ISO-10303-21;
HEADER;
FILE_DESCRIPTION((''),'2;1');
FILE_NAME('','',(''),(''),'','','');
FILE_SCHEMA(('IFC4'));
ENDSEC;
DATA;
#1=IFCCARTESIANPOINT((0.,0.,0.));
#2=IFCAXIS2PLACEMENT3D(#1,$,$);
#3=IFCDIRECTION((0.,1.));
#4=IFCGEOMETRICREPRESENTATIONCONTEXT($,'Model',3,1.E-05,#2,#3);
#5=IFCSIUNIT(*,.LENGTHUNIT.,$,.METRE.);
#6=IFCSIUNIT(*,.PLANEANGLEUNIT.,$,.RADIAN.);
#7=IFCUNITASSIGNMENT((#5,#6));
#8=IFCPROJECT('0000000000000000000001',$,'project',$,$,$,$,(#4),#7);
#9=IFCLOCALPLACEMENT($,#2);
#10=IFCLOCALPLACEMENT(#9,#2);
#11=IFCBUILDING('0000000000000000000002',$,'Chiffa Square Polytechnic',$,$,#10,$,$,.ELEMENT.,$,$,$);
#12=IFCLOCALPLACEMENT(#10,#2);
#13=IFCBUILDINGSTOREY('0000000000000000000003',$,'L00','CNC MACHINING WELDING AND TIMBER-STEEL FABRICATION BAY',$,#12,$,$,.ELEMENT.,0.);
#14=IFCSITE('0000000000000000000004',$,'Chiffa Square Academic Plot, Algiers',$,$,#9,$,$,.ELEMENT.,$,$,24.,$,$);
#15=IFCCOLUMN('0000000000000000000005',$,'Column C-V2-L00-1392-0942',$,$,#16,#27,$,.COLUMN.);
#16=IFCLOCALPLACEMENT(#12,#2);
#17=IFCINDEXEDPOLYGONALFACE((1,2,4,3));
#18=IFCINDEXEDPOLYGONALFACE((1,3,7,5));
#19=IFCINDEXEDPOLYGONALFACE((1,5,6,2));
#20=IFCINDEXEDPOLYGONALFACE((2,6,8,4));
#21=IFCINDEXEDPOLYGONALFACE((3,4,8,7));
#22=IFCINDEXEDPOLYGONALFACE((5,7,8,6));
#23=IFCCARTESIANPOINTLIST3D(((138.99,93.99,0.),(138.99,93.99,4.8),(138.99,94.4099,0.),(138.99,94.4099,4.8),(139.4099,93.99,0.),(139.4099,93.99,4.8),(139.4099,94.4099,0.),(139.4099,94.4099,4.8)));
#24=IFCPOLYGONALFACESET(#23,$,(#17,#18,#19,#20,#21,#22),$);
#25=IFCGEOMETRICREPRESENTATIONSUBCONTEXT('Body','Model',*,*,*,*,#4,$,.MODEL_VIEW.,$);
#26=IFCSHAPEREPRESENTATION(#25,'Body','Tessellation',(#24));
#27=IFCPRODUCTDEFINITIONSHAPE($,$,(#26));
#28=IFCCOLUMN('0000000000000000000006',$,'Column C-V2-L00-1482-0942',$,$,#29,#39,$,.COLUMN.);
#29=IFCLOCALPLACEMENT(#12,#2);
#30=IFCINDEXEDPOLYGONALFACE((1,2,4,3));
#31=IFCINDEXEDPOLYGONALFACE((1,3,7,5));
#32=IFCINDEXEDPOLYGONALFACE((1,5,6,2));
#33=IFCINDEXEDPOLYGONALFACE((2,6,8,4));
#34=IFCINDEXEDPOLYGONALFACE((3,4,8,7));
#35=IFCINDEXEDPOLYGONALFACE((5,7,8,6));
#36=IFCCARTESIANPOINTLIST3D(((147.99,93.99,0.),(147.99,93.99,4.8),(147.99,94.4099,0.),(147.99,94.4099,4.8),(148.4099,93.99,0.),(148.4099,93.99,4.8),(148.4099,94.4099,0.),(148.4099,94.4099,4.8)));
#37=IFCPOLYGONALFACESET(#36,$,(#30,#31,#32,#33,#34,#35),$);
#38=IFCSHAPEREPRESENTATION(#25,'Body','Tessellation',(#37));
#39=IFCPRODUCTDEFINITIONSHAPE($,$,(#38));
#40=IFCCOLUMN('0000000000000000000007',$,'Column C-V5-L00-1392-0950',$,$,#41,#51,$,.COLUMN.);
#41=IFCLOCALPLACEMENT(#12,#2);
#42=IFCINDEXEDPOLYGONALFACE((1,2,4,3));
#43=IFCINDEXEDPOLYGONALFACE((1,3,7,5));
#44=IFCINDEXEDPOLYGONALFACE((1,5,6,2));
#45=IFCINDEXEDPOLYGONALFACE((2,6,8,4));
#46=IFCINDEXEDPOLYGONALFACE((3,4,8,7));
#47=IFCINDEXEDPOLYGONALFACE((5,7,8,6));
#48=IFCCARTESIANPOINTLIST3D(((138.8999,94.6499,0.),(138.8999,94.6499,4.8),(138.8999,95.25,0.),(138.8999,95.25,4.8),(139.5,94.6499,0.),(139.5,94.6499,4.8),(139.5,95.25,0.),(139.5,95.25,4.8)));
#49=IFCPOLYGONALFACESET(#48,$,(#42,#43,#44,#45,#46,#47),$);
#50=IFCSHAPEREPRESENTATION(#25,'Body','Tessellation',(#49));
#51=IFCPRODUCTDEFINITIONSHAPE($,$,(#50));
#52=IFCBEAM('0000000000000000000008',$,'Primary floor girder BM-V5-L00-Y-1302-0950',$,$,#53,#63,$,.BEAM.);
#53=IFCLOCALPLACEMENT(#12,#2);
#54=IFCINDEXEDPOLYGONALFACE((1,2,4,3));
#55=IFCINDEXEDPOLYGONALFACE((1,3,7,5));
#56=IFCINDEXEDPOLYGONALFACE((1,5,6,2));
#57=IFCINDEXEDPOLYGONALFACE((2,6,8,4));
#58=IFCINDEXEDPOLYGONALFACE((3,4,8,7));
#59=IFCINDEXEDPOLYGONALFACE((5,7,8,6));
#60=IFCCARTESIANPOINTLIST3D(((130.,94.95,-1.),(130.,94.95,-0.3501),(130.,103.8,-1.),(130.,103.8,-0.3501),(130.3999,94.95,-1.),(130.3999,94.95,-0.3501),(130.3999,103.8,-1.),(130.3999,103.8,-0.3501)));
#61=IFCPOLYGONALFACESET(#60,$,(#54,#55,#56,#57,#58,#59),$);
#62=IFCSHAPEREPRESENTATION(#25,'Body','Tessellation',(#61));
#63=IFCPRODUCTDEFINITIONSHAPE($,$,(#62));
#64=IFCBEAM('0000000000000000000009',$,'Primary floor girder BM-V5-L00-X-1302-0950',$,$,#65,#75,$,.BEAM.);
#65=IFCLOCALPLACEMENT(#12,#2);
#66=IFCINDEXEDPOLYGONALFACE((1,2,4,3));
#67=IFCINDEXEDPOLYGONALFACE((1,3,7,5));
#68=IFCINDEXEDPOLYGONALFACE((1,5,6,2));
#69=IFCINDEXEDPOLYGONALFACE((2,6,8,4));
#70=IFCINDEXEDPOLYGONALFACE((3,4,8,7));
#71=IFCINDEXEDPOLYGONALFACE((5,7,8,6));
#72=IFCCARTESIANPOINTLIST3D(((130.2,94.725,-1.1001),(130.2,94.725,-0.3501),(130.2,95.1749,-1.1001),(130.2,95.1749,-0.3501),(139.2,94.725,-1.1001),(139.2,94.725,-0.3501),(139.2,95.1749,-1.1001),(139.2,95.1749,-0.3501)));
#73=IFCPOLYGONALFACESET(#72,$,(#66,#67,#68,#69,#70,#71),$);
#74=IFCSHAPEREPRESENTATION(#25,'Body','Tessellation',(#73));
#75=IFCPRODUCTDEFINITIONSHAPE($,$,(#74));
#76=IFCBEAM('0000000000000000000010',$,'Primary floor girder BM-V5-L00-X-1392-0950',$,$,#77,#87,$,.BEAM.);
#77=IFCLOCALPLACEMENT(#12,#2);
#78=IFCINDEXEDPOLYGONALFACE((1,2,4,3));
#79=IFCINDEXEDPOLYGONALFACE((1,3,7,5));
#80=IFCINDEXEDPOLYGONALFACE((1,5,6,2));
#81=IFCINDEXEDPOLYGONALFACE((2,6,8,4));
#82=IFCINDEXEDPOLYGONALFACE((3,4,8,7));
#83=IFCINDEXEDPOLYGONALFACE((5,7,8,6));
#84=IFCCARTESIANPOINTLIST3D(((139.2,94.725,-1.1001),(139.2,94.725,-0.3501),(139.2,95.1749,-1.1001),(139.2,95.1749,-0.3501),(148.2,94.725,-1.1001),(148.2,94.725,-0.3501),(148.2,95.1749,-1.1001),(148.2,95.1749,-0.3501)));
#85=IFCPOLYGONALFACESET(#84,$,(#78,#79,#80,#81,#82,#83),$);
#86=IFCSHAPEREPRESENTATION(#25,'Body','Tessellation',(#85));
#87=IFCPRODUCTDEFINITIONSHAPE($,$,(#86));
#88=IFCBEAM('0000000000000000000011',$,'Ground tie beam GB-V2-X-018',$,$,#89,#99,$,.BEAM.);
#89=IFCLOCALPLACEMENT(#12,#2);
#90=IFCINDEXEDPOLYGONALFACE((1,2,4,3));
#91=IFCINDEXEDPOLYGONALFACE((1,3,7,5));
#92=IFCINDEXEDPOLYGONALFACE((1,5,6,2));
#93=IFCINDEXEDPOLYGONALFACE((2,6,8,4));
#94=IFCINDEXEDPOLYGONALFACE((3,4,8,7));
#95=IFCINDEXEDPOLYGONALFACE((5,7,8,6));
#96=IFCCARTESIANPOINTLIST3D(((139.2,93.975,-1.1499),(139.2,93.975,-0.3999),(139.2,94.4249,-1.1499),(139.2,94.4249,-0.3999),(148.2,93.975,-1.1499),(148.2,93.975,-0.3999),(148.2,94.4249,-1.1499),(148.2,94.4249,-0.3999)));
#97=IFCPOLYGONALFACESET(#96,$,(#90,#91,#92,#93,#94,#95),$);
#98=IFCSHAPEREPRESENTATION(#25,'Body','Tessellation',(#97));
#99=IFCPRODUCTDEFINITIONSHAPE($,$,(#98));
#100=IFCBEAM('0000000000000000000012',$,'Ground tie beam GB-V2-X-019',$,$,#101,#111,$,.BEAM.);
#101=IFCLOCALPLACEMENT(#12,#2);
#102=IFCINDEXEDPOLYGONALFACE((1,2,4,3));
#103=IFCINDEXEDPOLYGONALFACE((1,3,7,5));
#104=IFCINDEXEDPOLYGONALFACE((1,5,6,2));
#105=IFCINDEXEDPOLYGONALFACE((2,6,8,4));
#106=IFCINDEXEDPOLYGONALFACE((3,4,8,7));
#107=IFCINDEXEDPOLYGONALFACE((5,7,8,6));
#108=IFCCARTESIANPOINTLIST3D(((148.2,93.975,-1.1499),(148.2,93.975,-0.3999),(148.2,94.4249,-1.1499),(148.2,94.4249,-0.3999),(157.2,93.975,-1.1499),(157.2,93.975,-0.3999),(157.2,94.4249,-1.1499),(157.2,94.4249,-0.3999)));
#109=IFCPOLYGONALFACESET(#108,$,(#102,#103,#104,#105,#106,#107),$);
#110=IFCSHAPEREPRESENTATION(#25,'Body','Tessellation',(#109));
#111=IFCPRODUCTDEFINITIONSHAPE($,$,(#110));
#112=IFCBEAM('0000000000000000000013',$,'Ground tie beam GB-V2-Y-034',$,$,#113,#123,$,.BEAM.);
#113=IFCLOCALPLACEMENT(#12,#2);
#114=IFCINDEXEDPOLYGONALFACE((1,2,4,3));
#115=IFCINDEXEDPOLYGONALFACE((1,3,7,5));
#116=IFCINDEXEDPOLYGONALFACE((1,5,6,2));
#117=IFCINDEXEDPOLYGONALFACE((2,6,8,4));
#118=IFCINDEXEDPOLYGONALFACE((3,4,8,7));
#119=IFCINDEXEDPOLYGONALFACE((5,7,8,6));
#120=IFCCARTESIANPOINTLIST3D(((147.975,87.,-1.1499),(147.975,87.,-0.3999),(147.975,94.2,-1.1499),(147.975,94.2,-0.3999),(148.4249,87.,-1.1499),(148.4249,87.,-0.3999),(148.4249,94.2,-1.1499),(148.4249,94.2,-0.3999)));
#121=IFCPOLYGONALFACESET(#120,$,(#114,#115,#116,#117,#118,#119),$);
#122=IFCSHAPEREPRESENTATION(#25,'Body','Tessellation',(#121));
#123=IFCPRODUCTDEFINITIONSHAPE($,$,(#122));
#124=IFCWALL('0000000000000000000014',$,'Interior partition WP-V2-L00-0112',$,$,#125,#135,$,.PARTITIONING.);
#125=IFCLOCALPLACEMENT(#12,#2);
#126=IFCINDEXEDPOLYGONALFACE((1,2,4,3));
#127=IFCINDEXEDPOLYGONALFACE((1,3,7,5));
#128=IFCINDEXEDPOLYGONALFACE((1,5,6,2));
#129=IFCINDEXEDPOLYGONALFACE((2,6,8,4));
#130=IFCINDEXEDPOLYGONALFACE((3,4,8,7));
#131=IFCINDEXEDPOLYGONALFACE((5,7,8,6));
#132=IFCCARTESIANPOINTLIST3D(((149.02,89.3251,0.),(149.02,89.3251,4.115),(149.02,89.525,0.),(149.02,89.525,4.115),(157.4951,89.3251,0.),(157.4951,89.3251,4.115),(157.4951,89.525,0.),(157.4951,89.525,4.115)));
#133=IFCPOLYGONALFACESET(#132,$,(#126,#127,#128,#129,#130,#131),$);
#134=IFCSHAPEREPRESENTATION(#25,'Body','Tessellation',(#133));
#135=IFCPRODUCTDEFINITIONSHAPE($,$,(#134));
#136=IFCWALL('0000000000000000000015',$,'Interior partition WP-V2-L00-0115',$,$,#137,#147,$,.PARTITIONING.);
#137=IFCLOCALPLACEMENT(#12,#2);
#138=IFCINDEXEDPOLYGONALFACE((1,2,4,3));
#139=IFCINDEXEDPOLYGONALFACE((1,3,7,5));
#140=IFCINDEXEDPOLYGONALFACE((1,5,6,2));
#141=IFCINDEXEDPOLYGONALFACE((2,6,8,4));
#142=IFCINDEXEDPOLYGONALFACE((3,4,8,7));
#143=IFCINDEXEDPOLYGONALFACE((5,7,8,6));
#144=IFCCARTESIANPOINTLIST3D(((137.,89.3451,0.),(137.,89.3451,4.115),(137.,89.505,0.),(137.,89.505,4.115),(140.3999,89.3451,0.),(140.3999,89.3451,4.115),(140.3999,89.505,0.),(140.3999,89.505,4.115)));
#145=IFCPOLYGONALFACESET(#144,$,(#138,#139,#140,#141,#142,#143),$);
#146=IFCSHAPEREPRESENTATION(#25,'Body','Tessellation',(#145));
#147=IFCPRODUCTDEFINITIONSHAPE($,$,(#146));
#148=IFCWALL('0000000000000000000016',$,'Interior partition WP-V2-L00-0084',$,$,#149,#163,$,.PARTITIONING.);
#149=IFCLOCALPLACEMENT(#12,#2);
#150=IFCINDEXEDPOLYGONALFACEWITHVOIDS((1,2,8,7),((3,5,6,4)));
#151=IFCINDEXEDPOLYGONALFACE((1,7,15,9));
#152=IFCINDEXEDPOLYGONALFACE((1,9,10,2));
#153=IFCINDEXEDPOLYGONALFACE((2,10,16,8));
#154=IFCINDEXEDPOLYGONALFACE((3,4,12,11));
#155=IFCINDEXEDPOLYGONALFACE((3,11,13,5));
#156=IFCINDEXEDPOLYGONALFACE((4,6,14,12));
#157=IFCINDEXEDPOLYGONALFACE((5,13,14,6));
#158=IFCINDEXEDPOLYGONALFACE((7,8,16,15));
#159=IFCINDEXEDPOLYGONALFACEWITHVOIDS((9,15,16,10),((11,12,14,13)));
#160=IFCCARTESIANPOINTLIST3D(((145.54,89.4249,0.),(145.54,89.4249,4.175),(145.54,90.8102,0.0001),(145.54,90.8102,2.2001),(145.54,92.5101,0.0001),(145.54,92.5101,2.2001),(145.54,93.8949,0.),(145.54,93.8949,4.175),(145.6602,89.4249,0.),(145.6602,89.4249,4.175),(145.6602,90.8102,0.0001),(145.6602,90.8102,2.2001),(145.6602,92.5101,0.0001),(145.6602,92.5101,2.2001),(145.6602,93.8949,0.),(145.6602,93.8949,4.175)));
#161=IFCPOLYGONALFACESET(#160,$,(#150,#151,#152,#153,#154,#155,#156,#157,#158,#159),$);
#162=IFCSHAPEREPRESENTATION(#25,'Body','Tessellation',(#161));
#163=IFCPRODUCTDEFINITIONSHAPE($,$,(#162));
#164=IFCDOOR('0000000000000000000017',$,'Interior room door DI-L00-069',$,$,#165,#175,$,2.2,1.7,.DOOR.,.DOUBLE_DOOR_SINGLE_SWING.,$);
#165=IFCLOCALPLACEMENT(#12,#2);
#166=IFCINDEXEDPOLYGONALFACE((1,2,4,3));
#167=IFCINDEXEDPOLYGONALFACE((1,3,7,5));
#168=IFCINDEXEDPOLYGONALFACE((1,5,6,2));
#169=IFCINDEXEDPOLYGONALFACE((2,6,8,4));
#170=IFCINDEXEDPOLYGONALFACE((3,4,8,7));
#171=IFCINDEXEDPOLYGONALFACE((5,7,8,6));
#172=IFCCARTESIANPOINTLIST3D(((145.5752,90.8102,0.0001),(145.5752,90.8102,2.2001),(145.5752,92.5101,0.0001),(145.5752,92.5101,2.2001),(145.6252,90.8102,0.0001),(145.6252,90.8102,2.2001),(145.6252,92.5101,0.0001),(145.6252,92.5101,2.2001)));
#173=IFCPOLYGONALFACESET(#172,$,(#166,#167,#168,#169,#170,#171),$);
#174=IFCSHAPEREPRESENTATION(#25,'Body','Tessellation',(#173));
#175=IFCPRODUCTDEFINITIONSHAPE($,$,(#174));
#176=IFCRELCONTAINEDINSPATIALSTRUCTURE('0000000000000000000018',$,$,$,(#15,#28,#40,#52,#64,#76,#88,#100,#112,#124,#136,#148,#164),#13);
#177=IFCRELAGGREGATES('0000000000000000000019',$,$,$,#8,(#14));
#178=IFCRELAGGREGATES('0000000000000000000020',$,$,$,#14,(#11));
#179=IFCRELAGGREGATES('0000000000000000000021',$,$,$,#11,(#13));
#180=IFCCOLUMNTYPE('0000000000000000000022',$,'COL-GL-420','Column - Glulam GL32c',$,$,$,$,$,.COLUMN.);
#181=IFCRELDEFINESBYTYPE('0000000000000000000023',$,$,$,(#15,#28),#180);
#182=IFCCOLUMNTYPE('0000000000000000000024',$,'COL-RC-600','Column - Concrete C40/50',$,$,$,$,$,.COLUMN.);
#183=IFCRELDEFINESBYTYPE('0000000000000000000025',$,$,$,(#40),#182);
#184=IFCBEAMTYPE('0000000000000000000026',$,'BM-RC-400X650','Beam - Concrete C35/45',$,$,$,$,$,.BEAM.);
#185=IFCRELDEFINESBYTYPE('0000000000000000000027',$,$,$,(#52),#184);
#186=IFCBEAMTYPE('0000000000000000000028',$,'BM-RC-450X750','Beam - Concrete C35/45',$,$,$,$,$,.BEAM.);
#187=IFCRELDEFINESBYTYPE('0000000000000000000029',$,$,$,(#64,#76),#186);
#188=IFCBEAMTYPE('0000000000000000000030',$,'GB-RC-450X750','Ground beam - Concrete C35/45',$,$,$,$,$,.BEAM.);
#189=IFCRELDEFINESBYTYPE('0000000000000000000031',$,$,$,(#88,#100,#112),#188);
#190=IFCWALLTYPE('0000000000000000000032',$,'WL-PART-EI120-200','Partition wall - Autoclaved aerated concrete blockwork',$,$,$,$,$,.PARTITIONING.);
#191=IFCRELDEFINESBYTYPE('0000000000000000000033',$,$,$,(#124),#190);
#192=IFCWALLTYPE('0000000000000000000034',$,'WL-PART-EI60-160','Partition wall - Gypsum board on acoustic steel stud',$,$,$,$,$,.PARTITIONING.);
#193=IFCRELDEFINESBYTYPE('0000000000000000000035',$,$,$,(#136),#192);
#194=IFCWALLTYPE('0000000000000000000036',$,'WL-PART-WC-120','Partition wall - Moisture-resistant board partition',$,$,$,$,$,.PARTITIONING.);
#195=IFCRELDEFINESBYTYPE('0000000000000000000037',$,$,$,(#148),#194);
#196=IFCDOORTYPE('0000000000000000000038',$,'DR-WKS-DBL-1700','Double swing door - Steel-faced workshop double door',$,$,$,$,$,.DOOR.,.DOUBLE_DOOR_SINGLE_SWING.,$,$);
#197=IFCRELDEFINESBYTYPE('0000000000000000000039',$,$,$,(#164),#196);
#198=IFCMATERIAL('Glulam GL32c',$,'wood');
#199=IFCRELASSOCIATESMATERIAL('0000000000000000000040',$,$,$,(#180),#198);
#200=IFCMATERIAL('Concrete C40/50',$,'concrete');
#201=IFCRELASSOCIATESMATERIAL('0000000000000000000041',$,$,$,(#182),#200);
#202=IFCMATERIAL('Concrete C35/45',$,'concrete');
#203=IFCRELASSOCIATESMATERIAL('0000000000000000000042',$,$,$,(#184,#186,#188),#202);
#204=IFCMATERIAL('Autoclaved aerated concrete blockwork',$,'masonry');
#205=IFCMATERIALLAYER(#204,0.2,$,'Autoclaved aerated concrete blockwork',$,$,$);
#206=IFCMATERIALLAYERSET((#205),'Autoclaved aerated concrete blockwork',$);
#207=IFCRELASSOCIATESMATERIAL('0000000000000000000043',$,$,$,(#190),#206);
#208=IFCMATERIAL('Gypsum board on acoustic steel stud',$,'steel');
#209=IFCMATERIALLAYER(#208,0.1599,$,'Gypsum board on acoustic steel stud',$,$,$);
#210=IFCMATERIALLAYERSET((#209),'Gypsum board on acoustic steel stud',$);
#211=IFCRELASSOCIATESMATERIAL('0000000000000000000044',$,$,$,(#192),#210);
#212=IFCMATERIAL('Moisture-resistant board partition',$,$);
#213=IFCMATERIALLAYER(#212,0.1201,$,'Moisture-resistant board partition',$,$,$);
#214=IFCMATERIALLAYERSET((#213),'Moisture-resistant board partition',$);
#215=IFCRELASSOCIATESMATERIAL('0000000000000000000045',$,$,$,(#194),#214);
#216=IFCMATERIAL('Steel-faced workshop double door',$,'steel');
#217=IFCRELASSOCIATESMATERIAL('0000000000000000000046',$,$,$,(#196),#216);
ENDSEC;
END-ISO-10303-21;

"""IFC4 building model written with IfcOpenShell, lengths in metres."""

from ifc_helpers import new_model, si_unit, direction, frame, frame_2d, origin, origin_2d, place, context, subcontext, project, spatial, rectangle, extrude, material, layer, layer_set, material_profile, profile_set, type_object, element, fill, save


model = new_model("IFC4")

# Units and contexts
model_context = context("Model", 3, precision=1e-05, world=origin(), true_north=direction((0.0, 1.0)))
body_context = subcontext(model_context, "Body", "Model", "MODEL_VIEW")
ifc_project = project(units=[si_unit("LENGTHUNIT", "METRE"), si_unit("PLANEANGLEUNIT", "RADIAN")], contexts=[model_context])

# Site, building, storey
site_placement = place(None, origin())
site = spatial("IfcSite", under=ifc_project, at=site_placement, Name="Chiffa Square Academic Plot, Algiers", CompositionType="ELEMENT", RefElevation=24.0)
building_placement = place(site_placement, origin())
building = spatial("IfcBuilding", under=site, at=building_placement, Name="Chiffa Square Polytechnic", CompositionType="ELEMENT")
storey_placement = place(building_placement, origin())
storey = spatial("IfcBuildingStorey", under=building, at=storey_placement, Name="L00", Description="CNC MACHINING WELDING AND TIMBER-STEEL FABRICATION BAY", CompositionType="ELEMENT", Elevation=0.0)

# Columns
ifc_material_1 = material(Name="Glulam GL32c", Category="wood")
ifc_material_profile_1 = material_profile(ifc_material_1, rectangle(XDim=0.4199, YDim=0.4199, at=origin_2d()), Name="GL32c 420x420")
ifc_profile_set_1 = profile_set([ifc_material_profile_1], Name="Glulam GL32c")
column_type_1 = type_object("IfcColumnType", Name="COL-GL-420", Description="Column - Glulam GL32c", PredefinedType="COLUMN", material=ifc_profile_set_1)
for number, where, z_axis, x_axis, name in (
    (1, (139.2, 94.2, 0.0), (0.0, 0.0, 1.0), (1.0, 0.0, 0.0), "Column C-V2-L00-1392-0942"),
    (2, (148.2, 94.2, 0.0), (0.0, 0.0, 1.0), (1.0, 0.0, 0.0), "Column C-V2-L00-1482-0942"),
):
    element("IfcColumn", number, at=place(storey_placement, frame(where, z_axis=z_axis, x_axis=x_axis)), inside=storey, type_object=column_type_1, Name=name, PredefinedType="COLUMN", context=body_context, shape_type="SweptSolid", body=[
        extrude(rectangle(XDim=0.4199, YDim=0.4199, at=origin_2d()), origin(), (0.0, 0.0, 1.0), 4.8),
    ])
ifc_material_2 = material(Name="Concrete C40/50", Category="concrete")
ifc_material_profile_2 = material_profile(ifc_material_2, rectangle(XDim=0.6001, YDim=0.6001, at=origin_2d()), Name="RC 600x600")
ifc_profile_set_2 = profile_set([ifc_material_profile_2], Name="Concrete C40/50")
column_type_2 = type_object("IfcColumnType", Name="COL-RC-600", Description="Column - Concrete C40/50", PredefinedType="COLUMN", material=ifc_profile_set_2)
column_placement = place(storey_placement, frame((139.2, 94.95, 0.0), z_axis=(0.0, 0.0, 1.0), x_axis=(1.0, 0.0, 0.0)))
element("IfcColumn", 3, at=column_placement, inside=storey, type_object=column_type_2, Name="Column C-V5-L00-1392-0950", PredefinedType="COLUMN", context=body_context, shape_type="SweptSolid", body=[
    extrude(rectangle(XDim=0.6001, YDim=0.6001, at=origin_2d()), origin(), (0.0, 0.0, 1.0), 4.8),
])

# Beams
ifc_material_3 = material(Name="Concrete C35/45", Category="concrete")
ifc_material_profile_3 = material_profile(ifc_material_3, rectangle(XDim=0.3999, YDim=0.6499, at=origin_2d()), Name="RC 400x650")
ifc_profile_set_3 = profile_set([ifc_material_profile_3], Name="Concrete C35/45")
beam_type_1 = type_object("IfcBeamType", Name="BM-RC-400X650", Description="Beam - Concrete C35/45", PredefinedType="BEAM", material=ifc_profile_set_3)
beam_1_placement = place(storey_placement, frame((130.2, 94.95, -0.675), z_axis=(0.0, 1.0, 0.0), x_axis=(-1.0, 0.0, 0.0)))
element("IfcBeam", 4, at=beam_1_placement, inside=storey, type_object=beam_type_1, Name="Primary floor girder BM-V5-L00-Y-1302-0950", PredefinedType="BEAM", context=body_context, shape_type="SweptSolid", body=[
    extrude(rectangle(XDim=0.3999, YDim=0.6499, at=origin_2d()), origin(), (0.0, 0.0, 1.0), 8.8501),
])
ifc_material_profile_4 = material_profile(ifc_material_3, rectangle(XDim=0.45, YDim=0.75, at=origin_2d()), Name="RC 450x750")
ifc_profile_set_4 = profile_set([ifc_material_profile_4], Name="Concrete C35/45")
beam_type_2 = type_object("IfcBeamType", Name="BM-RC-450X750", Description="Beam - Concrete C35/45", PredefinedType="BEAM", material=ifc_profile_set_4)
for number, where, z_axis, x_axis, name in (
    (5, (130.2, 94.95, -0.7251), (1.0, 0.0, 0.0), (0.0, 1.0, 0.0), "Primary floor girder BM-V5-L00-X-1302-0950"),
    (6, (139.2, 94.95, -0.7251), (1.0, 0.0, 0.0), (0.0, 1.0, 0.0), "Primary floor girder BM-V5-L00-X-1392-0950"),
):
    element("IfcBeam", number, at=place(storey_placement, frame(where, z_axis=z_axis, x_axis=x_axis)), inside=storey, type_object=beam_type_2, Name=name, PredefinedType="BEAM", context=body_context, shape_type="SweptSolid", body=[
        extrude(rectangle(XDim=0.45, YDim=0.75, at=origin_2d()), origin(), (0.0, 0.0, 1.0), 9.0),
    ])
ifc_material_profile_5 = material_profile(ifc_material_3, rectangle(XDim=0.45, YDim=0.75, at=origin_2d()), Name="RC 450x750")
ifc_profile_set_5 = profile_set([ifc_material_profile_5], Name="Concrete C35/45")
beam_type_3 = type_object("IfcBeamType", Name="GB-RC-450X750", Description="Ground beam - Concrete C35/45", PredefinedType="BEAM", material=ifc_profile_set_5)
for number, where, z_axis, x_axis, name in (
    (7, (139.2, 94.2, -0.7749), (1.0, 0.0, 0.0), (0.0, 1.0, 0.0), "Ground tie beam GB-V2-X-018"),
    (8, (148.2, 94.2, -0.7749), (1.0, 0.0, 0.0), (0.0, 1.0, 0.0), "Ground tie beam GB-V2-X-019"),
):
    element("IfcBeam", number, at=place(storey_placement, frame(where, z_axis=z_axis, x_axis=x_axis)), inside=storey, type_object=beam_type_3, Name=name, PredefinedType="BEAM", context=body_context, shape_type="SweptSolid", body=[
        extrude(rectangle(XDim=0.45, YDim=0.75, at=origin_2d()), origin(), (0.0, 0.0, 1.0), 9.0),
    ])
beam_2_placement = place(storey_placement, frame((148.2, 87.0, -0.7749), z_axis=(0.0, 1.0, 0.0), x_axis=(-1.0, 0.0, 0.0)))
element("IfcBeam", 9, at=beam_2_placement, inside=storey, type_object=beam_type_3, Name="Ground tie beam GB-V2-Y-034", PredefinedType="BEAM", context=body_context, shape_type="SweptSolid", body=[
    extrude(rectangle(XDim=0.45, YDim=0.75, at=origin_2d()), origin(), (0.0, 0.0, 1.0), 7.2),
])

# Walls
ifc_material_4 = material(Name="Autoclaved aerated concrete blockwork", Category="masonry")
ifc_layer_1 = layer(ifc_material_4, 0.2, Name="Autoclaved aerated concrete blockwork")
ifc_layer_set_1 = layer_set([ifc_layer_1], Name="Autoclaved aerated concrete blockwork")
wall_type_1 = type_object("IfcWallType", Name="WL-PART-EI120-200", Description="Partition wall - Autoclaved aerated concrete blockwork", PredefinedType="PARTITIONING", material=ifc_layer_set_1)
wall_1_placement = place(storey_placement, frame((149.02, 89.425, 0.0), z_axis=(0.0, 0.0, 1.0), x_axis=(1.0, 0.0, 0.0)))
element("IfcWall", 10, at=wall_1_placement, inside=storey, type_object=wall_type_1, Name="Interior partition WP-V2-L00-0112", PredefinedType="PARTITIONING", context=body_context, shape_type="SweptSolid", body=[
    extrude(rectangle(XDim=8.4751, YDim=0.2, at=frame_2d((4.2375, 0.0))), origin(), (0.0, 0.0, 1.0), 4.115),
])
ifc_material_5 = material(Name="Gypsum board on acoustic steel stud", Category="steel")
ifc_layer_2 = layer(ifc_material_5, 0.1599, Name="Gypsum board on acoustic steel stud")
ifc_layer_set_2 = layer_set([ifc_layer_2], Name="Gypsum board on acoustic steel stud")
wall_type_2 = type_object("IfcWallType", Name="WL-PART-EI60-160", Description="Partition wall - Gypsum board on acoustic steel stud", PredefinedType="PARTITIONING", material=ifc_layer_set_2)
wall_2_placement = place(storey_placement, frame((137.0, 89.425, 0.0), z_axis=(0.0, 0.0, 1.0), x_axis=(1.0, 0.0, 0.0)))
element("IfcWall", 11, at=wall_2_placement, inside=storey, type_object=wall_type_2, Name="Interior partition WP-V2-L00-0115", PredefinedType="PARTITIONING", context=body_context, shape_type="SweptSolid", body=[
    extrude(rectangle(XDim=3.3999, YDim=0.1599, at=frame_2d((1.7, 0.0))), origin(), (0.0, 0.0, 1.0), 4.115),
])

# Wall, opening, door
ifc_material_6 = material(Name="Moisture-resistant board partition")
ifc_layer_3 = layer(ifc_material_6, 0.1201, Name="Moisture-resistant board partition")
ifc_layer_set_3 = layer_set([ifc_layer_3], Name="Moisture-resistant board partition")
wall_type_3 = type_object("IfcWallType", Name="WL-PART-WC-120", Description="Partition wall - Moisture-resistant board partition", PredefinedType="PARTITIONING", material=ifc_layer_set_3)
wall_3_placement = place(storey_placement, frame((145.6001, 89.425, 0.0), z_axis=(0.0, 0.0, 1.0), x_axis=(0.0, 1.0, 0.0)))
wall_3 = element("IfcWall", 12, at=wall_3_placement, inside=storey, type_object=wall_type_3, Name="Interior partition WP-V2-L00-0084", PredefinedType="PARTITIONING", context=body_context, shape_type="SweptSolid", body=[
    extrude(rectangle(XDim=4.47, YDim=0.1201, at=frame_2d((2.2349, 0.0))), origin(), (0.0, 0.0, 1.0), 4.175),
])
opening_1_placement = place(wall_3_placement, frame((1.385, 0.0, 0.0)))
opening_1 = element("IfcOpeningElement", 13, at=opening_1_placement, cuts=wall_3, PredefinedType="OPENING", context=body_context, shape_type="SweptSolid", body=[
    extrude(rectangle(XDim=1.7, YDim=2.2, at=frame_2d((0.8501, 1.1001))), frame((0.0, 0.0701, 0.0), z_axis=(0.0, -1.0, 0.0), x_axis=(1.0, 0.0, 0.0)), (0.0, 0.0, 1.0), 0.1401),
])
ifc_material_7 = material(Name="Steel-faced workshop double door", Category="steel")
door_type_1 = type_object("IfcDoorType", Name="DR-WKS-DBL-1700", Description="Double swing door - Steel-faced workshop double door", OperationType="DOUBLE_DOOR_SINGLE_SWING", PredefinedType="DOOR", material=ifc_material_7)
door_1_placement = place(opening_1_placement, origin())
door_1 = element("IfcDoor", 14, at=door_1_placement, inside=storey, type_object=door_type_1, Name="Interior room door DI-L00-069", OperationType="DOUBLE_DOOR_SINGLE_SWING", OverallHeight=2.2, OverallWidth=1.7, PredefinedType="DOOR", context=body_context, shape_type="SweptSolid", body=[
    extrude(rectangle(XDim=1.7, YDim=2.2, at=frame_2d((0.8501, 1.1001))), frame((0.0, 0.0249, 0.0), z_axis=(0.0, -1.0, 0.0), x_axis=(1.0, 0.0, 0.0)), (0.0, 0.0, 1.0), 0.05),
])
fill(opening_1, door_1)

save(model, "model.ifc")
